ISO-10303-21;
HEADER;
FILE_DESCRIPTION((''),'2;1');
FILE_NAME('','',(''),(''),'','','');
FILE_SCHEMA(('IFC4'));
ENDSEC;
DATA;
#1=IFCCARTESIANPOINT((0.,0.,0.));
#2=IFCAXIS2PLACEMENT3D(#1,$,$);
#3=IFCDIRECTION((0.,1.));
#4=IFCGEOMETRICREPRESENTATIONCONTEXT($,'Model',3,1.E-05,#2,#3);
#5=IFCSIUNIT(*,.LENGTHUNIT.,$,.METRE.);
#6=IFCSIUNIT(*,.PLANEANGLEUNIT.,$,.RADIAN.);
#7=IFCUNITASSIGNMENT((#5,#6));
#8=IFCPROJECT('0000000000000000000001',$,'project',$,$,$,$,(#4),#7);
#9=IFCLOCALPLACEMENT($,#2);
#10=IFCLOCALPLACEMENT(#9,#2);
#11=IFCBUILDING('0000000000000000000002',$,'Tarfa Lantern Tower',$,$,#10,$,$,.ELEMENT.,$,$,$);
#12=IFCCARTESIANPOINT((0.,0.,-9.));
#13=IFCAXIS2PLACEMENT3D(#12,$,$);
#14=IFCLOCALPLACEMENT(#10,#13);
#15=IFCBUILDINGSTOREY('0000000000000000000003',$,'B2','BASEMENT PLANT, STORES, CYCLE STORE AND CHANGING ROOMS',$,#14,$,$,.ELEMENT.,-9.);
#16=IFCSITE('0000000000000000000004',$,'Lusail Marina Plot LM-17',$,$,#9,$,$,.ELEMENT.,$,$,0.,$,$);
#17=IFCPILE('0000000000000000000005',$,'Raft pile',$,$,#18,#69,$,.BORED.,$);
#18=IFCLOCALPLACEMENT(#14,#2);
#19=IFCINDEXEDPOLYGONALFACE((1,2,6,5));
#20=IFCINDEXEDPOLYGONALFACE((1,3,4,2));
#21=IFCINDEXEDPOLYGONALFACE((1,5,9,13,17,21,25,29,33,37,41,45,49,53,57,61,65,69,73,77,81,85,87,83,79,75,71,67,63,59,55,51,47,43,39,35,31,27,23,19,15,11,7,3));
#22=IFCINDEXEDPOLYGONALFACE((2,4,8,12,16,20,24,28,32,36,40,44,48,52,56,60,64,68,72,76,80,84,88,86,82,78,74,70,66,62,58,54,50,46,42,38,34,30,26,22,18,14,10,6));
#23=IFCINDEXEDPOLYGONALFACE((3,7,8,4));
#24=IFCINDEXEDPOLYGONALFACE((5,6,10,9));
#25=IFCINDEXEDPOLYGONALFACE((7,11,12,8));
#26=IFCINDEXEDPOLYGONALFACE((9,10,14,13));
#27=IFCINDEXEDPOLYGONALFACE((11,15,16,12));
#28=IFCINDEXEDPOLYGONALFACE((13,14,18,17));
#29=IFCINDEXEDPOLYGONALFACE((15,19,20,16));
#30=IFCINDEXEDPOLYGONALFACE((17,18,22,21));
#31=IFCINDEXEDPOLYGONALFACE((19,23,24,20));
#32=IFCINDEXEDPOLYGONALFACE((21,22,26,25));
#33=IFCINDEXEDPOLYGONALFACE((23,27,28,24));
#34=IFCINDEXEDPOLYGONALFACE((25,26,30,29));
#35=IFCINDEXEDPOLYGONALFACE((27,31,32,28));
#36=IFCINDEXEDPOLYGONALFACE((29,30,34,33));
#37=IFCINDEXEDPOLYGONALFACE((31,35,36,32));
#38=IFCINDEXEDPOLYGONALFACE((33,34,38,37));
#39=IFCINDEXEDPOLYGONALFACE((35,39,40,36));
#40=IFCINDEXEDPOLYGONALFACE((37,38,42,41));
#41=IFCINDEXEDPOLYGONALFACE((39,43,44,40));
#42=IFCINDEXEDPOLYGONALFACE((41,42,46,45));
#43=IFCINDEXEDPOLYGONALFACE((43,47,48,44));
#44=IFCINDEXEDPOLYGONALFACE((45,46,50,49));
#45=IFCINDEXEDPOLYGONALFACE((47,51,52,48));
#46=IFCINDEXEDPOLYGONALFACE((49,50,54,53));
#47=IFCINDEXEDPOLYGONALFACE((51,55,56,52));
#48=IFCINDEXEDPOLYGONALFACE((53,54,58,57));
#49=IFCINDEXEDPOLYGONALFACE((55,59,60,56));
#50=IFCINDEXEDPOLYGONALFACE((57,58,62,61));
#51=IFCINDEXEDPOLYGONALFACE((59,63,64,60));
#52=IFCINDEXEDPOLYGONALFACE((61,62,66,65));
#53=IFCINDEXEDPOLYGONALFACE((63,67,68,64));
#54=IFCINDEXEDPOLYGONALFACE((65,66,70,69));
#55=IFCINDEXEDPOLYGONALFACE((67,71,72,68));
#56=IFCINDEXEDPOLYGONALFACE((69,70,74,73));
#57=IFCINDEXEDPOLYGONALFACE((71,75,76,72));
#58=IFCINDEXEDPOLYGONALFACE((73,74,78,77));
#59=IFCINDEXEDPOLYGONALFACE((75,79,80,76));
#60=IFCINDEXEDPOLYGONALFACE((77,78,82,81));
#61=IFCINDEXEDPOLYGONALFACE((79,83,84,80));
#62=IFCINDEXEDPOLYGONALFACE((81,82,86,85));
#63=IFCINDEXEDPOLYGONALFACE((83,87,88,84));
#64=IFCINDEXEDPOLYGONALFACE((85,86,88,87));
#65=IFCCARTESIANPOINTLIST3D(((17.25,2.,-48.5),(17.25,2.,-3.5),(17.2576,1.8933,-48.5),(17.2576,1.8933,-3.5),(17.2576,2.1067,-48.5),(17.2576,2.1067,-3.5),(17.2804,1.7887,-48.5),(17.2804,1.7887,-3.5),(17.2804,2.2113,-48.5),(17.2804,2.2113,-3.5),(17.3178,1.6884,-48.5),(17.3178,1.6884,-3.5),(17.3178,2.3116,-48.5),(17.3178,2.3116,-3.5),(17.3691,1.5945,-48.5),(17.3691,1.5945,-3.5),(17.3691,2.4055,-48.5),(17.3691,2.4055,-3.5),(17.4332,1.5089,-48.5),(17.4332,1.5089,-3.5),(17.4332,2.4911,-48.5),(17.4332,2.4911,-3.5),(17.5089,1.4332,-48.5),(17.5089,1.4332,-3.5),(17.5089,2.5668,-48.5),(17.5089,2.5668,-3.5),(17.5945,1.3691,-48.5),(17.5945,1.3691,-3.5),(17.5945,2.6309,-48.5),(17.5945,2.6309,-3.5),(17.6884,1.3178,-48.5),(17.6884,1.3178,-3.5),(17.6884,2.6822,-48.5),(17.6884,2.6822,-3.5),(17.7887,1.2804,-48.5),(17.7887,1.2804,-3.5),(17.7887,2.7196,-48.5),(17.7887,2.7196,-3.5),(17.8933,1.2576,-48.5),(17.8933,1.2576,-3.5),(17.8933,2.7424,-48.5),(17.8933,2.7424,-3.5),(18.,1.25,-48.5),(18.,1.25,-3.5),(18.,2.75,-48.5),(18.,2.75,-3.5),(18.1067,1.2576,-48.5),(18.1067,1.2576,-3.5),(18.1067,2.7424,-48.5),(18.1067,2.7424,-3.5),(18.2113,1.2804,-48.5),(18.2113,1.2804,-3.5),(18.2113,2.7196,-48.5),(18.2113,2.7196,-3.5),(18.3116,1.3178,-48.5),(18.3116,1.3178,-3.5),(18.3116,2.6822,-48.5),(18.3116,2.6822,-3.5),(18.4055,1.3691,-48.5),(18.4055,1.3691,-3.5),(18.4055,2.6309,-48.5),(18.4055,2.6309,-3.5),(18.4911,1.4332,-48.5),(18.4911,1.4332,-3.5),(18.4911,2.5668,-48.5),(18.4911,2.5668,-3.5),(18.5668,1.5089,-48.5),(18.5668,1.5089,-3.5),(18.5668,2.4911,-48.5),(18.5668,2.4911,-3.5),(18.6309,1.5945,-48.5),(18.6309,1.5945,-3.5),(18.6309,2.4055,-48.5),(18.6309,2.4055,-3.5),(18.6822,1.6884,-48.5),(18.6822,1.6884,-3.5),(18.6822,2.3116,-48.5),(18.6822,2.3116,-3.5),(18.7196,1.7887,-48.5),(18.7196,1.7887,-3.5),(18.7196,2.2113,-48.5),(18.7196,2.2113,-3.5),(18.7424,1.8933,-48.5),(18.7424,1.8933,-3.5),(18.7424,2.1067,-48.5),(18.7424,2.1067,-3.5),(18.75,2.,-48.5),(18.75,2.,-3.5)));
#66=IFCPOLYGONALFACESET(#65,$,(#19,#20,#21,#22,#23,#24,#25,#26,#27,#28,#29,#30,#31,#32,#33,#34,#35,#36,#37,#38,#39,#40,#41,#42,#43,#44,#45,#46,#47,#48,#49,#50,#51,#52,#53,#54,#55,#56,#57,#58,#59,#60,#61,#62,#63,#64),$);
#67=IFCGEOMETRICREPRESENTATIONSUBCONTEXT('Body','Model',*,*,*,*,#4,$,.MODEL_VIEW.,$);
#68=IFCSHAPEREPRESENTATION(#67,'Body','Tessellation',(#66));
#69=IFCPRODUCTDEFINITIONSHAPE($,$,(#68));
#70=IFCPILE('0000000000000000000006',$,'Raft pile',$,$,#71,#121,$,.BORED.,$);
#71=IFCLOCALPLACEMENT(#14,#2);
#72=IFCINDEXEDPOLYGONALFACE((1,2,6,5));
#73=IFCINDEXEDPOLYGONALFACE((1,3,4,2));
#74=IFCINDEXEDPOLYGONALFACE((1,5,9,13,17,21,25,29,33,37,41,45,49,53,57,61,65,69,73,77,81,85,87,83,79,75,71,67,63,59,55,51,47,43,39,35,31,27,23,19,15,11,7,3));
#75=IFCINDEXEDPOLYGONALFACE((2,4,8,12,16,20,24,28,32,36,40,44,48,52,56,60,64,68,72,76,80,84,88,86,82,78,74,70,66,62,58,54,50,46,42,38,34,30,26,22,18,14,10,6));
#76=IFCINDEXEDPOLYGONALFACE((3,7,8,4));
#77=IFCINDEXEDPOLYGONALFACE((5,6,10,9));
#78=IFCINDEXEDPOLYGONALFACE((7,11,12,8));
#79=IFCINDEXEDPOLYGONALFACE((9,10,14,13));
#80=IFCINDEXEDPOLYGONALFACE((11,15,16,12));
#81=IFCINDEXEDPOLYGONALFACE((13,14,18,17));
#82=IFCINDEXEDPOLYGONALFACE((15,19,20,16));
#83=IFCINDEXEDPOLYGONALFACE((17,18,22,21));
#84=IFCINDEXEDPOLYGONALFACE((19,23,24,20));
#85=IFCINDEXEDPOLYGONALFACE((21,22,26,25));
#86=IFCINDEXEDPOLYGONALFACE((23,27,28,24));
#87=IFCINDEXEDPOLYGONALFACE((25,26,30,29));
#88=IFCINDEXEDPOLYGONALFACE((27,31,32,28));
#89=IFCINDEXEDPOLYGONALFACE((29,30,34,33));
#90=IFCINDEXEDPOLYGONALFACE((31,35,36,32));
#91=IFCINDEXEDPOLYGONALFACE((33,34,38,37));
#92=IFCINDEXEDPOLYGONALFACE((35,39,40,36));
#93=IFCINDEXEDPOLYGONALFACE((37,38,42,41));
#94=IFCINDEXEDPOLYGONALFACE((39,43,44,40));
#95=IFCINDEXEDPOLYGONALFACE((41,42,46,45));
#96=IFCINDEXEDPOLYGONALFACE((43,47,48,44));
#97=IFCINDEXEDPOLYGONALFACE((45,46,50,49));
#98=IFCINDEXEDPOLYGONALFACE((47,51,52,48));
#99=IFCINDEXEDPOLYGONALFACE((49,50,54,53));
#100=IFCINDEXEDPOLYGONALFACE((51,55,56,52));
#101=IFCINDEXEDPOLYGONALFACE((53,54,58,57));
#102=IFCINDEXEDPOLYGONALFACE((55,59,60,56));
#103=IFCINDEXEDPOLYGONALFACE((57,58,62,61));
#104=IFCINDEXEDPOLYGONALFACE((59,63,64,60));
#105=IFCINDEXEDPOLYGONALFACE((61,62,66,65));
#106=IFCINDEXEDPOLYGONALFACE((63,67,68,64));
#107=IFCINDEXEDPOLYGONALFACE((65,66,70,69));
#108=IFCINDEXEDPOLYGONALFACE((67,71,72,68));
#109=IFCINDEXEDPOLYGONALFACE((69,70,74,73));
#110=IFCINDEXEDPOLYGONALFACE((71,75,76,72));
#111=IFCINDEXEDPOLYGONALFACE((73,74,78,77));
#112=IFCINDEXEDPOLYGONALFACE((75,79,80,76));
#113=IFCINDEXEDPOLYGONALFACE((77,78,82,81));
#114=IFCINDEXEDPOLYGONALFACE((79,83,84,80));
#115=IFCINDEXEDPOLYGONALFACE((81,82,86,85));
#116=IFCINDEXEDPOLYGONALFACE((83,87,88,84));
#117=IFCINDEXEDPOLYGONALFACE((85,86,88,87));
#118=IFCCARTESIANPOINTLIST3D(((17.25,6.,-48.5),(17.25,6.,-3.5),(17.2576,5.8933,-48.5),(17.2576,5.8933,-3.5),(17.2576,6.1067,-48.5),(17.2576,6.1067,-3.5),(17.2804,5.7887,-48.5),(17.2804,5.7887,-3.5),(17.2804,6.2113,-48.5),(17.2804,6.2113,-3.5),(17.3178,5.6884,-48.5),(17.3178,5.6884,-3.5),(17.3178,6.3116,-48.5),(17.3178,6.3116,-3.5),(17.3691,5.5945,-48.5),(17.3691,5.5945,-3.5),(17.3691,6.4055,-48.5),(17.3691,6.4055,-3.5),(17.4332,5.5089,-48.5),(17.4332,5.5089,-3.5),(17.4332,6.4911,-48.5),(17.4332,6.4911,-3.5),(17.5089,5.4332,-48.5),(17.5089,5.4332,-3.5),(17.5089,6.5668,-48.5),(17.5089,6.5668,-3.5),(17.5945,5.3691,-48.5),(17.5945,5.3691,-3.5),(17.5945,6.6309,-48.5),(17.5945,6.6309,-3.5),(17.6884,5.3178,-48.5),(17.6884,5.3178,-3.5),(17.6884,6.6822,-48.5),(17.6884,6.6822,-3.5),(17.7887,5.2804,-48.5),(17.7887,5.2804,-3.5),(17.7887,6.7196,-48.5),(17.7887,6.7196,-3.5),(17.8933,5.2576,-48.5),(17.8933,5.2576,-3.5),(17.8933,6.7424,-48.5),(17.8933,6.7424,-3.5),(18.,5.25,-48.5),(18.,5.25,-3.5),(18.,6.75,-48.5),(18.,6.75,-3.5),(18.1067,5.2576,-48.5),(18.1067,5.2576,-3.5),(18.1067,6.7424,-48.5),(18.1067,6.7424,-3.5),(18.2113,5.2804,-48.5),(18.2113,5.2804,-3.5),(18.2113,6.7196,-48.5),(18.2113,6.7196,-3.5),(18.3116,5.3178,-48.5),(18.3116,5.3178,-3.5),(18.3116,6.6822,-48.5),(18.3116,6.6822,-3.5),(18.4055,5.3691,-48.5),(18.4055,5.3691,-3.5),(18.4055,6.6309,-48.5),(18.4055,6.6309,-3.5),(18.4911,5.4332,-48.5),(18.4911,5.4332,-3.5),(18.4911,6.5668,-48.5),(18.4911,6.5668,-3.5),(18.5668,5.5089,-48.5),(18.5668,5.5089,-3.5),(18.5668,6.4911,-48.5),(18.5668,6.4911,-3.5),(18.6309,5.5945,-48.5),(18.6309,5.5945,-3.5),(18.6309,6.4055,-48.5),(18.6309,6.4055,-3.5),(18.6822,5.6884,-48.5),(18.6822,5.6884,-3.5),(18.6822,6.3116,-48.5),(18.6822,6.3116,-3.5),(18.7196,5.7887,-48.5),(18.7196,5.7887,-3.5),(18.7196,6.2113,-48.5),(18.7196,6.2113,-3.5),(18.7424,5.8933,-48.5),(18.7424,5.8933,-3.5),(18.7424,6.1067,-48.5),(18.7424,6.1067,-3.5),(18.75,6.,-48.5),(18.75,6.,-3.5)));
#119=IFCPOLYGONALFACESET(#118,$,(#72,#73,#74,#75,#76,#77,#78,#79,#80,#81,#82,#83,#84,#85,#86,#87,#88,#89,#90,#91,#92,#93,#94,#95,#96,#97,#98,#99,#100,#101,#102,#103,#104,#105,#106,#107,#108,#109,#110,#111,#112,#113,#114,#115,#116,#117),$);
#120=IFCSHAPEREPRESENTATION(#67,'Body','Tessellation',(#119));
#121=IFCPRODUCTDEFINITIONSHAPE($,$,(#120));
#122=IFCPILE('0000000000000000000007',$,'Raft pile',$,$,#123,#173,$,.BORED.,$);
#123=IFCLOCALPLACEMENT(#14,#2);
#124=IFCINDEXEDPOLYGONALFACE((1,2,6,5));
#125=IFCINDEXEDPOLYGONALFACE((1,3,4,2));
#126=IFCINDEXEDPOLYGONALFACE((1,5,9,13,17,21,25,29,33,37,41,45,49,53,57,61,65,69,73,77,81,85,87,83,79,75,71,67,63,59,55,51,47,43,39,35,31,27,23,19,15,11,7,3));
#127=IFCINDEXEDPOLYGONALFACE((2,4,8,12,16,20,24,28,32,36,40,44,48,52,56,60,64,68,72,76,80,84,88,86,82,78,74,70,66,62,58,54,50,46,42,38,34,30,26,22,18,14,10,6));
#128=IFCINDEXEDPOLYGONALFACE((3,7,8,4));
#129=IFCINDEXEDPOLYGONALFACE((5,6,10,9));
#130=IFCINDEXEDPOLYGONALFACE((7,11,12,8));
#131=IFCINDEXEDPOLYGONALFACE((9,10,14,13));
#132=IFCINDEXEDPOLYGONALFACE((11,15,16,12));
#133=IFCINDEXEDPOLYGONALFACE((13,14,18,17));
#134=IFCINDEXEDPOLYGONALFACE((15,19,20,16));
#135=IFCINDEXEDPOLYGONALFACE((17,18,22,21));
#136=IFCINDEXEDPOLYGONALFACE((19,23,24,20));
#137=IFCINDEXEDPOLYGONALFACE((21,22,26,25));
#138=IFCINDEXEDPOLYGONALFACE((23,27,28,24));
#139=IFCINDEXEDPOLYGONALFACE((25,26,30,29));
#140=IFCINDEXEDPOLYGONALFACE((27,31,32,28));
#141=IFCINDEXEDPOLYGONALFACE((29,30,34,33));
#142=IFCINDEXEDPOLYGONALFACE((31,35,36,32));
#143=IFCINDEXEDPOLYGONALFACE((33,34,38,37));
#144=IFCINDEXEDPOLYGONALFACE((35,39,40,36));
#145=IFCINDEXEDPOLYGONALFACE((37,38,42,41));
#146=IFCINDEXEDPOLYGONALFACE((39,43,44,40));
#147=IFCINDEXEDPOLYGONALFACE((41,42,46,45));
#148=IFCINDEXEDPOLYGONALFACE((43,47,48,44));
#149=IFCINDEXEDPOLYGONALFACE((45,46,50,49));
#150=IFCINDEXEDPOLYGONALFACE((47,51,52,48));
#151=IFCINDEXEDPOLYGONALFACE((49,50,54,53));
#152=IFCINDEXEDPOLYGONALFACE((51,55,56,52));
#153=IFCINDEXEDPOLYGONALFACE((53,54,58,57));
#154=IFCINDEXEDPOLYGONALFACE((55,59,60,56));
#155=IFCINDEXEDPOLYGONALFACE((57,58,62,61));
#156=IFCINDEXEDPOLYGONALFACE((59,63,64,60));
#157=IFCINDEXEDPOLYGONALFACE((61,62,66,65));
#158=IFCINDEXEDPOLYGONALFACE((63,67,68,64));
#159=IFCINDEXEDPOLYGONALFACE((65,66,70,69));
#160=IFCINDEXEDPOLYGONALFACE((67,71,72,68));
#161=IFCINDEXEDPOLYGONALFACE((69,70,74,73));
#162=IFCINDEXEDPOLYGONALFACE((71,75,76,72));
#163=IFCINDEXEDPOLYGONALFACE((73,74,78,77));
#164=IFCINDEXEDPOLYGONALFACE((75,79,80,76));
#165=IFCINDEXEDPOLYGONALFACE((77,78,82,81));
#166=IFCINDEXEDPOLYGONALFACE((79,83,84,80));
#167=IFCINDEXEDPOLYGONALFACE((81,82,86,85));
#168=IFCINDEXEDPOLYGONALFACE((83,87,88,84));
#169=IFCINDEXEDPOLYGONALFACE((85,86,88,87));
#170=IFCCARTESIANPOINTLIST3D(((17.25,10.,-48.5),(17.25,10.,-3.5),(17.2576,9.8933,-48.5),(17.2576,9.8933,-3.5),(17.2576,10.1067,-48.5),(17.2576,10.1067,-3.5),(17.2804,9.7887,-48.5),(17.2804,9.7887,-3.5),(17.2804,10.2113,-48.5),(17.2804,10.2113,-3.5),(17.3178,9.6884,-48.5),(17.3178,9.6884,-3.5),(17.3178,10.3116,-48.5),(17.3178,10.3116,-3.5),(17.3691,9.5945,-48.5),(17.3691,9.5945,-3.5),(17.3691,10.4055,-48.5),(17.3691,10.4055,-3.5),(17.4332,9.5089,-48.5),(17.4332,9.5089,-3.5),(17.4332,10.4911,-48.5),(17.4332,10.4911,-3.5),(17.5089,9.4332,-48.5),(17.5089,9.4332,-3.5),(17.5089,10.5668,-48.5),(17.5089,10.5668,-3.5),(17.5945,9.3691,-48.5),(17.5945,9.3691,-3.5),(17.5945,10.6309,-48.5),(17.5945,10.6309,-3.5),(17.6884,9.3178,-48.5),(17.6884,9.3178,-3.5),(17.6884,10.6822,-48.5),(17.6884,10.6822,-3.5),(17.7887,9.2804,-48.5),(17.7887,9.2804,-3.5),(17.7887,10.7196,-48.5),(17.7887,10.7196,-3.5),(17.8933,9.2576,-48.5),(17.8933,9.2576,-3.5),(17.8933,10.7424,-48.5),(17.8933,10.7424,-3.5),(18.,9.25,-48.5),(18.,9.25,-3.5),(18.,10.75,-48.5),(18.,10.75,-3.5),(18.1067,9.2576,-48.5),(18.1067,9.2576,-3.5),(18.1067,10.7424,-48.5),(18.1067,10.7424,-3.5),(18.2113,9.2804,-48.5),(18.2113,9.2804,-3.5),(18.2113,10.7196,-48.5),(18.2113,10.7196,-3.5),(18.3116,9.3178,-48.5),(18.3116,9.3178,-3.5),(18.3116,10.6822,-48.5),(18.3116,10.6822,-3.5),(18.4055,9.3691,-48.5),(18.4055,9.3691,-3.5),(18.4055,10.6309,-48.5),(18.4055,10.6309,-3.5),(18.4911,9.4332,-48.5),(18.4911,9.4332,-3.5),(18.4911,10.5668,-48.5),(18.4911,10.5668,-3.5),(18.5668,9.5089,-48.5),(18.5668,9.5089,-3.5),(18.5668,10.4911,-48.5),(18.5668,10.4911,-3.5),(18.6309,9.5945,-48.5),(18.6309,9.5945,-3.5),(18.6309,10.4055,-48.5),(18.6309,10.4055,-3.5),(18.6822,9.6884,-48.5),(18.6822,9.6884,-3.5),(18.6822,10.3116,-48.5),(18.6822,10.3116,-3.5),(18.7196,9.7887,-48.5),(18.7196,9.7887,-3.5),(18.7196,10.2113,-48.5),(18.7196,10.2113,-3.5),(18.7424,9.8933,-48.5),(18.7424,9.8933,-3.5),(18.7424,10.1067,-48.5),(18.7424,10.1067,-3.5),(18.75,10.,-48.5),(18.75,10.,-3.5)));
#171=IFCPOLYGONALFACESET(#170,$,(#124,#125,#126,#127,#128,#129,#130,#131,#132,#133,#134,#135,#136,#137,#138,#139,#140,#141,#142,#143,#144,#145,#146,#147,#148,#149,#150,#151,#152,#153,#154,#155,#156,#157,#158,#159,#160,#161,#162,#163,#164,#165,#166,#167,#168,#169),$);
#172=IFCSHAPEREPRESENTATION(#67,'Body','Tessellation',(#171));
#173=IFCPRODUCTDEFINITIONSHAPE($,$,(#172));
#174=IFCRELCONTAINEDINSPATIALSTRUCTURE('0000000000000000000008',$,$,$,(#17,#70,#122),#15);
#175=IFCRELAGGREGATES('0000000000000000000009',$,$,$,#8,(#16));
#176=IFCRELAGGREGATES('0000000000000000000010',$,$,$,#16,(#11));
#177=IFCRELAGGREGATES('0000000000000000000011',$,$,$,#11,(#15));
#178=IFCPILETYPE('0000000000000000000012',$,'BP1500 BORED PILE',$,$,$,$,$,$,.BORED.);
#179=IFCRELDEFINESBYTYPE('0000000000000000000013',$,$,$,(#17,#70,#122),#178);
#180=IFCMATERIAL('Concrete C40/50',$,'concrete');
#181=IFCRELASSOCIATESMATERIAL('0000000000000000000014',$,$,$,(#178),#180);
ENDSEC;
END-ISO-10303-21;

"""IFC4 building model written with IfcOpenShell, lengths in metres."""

from ifc_helpers import new_model, si_unit, direction, frame, origin, origin_2d, place, context, subcontext, project, spatial, circle, extrude, material, material_profile, profile_set, type_object, element, save


model = new_model("IFC4")

# Units and contexts
model_context = context("Model", 3, precision=1e-05, world=origin(), true_north=direction((0.0, 1.0)))
body_context = subcontext(model_context, "Body", "Model", "MODEL_VIEW")
ifc_project = project(units=[si_unit("LENGTHUNIT", "METRE"), si_unit("PLANEANGLEUNIT", "RADIAN")], contexts=[model_context])

# Site, building, storey
site_placement = place(None, origin())
site = spatial("IfcSite", under=ifc_project, at=site_placement, Name="Lusail Marina Plot LM-17", CompositionType="ELEMENT", RefElevation=0.0)
building_placement = place(site_placement, origin())
building = spatial("IfcBuilding", under=site, at=building_placement, Name="Tarfa Lantern Tower", CompositionType="ELEMENT")
storey_placement = place(building_placement, frame((0.0, 0.0, -9.0)))
storey = spatial("IfcBuildingStorey", under=building, at=storey_placement, Name="B2", Description="BASEMENT PLANT, STORES, CYCLE STORE AND CHANGING ROOMS", CompositionType="ELEMENT", Elevation=-9.0)

# Piles
ifc_material_1 = material(Name="Concrete C40/50", Category="concrete")
ifc_material_profile_1 = material_profile(ifc_material_1, circle(Radius=0.75, at=origin_2d()), Name="BORED PILE D1500")
ifc_profile_set_1 = profile_set([ifc_material_profile_1], Name="Concrete C40/50")
pile_type = type_object("IfcPileType", Name="BP1500 BORED PILE", PredefinedType="BORED", material=ifc_profile_set_1)
for number, where, z_axis, x_axis, name in (
    (1, (18.0, 2.0, -3.5), (0.0, 0.0, -1.0), (1.0, 0.0, 0.0), "Raft pile"),
    (2, (18.0, 6.0, -3.5), (0.0, 0.0, -1.0), (1.0, 0.0, 0.0), "Raft pile"),
    (3, (18.0, 10.0, -3.5), (0.0, 0.0, -1.0), (1.0, 0.0, 0.0), "Raft pile"),
):
    element("IfcPile", number, at=place(storey_placement, frame(where, z_axis=z_axis, x_axis=x_axis)), inside=storey, type_object=pile_type, Name=name, PredefinedType="BORED", context=body_context, shape_type="SweptSolid", body=[
        extrude(circle(Radius=0.75, at=origin_2d()), origin(), (0.0, 0.0, 1.0), 45.0),
    ])

save(model, "model.ifc")
